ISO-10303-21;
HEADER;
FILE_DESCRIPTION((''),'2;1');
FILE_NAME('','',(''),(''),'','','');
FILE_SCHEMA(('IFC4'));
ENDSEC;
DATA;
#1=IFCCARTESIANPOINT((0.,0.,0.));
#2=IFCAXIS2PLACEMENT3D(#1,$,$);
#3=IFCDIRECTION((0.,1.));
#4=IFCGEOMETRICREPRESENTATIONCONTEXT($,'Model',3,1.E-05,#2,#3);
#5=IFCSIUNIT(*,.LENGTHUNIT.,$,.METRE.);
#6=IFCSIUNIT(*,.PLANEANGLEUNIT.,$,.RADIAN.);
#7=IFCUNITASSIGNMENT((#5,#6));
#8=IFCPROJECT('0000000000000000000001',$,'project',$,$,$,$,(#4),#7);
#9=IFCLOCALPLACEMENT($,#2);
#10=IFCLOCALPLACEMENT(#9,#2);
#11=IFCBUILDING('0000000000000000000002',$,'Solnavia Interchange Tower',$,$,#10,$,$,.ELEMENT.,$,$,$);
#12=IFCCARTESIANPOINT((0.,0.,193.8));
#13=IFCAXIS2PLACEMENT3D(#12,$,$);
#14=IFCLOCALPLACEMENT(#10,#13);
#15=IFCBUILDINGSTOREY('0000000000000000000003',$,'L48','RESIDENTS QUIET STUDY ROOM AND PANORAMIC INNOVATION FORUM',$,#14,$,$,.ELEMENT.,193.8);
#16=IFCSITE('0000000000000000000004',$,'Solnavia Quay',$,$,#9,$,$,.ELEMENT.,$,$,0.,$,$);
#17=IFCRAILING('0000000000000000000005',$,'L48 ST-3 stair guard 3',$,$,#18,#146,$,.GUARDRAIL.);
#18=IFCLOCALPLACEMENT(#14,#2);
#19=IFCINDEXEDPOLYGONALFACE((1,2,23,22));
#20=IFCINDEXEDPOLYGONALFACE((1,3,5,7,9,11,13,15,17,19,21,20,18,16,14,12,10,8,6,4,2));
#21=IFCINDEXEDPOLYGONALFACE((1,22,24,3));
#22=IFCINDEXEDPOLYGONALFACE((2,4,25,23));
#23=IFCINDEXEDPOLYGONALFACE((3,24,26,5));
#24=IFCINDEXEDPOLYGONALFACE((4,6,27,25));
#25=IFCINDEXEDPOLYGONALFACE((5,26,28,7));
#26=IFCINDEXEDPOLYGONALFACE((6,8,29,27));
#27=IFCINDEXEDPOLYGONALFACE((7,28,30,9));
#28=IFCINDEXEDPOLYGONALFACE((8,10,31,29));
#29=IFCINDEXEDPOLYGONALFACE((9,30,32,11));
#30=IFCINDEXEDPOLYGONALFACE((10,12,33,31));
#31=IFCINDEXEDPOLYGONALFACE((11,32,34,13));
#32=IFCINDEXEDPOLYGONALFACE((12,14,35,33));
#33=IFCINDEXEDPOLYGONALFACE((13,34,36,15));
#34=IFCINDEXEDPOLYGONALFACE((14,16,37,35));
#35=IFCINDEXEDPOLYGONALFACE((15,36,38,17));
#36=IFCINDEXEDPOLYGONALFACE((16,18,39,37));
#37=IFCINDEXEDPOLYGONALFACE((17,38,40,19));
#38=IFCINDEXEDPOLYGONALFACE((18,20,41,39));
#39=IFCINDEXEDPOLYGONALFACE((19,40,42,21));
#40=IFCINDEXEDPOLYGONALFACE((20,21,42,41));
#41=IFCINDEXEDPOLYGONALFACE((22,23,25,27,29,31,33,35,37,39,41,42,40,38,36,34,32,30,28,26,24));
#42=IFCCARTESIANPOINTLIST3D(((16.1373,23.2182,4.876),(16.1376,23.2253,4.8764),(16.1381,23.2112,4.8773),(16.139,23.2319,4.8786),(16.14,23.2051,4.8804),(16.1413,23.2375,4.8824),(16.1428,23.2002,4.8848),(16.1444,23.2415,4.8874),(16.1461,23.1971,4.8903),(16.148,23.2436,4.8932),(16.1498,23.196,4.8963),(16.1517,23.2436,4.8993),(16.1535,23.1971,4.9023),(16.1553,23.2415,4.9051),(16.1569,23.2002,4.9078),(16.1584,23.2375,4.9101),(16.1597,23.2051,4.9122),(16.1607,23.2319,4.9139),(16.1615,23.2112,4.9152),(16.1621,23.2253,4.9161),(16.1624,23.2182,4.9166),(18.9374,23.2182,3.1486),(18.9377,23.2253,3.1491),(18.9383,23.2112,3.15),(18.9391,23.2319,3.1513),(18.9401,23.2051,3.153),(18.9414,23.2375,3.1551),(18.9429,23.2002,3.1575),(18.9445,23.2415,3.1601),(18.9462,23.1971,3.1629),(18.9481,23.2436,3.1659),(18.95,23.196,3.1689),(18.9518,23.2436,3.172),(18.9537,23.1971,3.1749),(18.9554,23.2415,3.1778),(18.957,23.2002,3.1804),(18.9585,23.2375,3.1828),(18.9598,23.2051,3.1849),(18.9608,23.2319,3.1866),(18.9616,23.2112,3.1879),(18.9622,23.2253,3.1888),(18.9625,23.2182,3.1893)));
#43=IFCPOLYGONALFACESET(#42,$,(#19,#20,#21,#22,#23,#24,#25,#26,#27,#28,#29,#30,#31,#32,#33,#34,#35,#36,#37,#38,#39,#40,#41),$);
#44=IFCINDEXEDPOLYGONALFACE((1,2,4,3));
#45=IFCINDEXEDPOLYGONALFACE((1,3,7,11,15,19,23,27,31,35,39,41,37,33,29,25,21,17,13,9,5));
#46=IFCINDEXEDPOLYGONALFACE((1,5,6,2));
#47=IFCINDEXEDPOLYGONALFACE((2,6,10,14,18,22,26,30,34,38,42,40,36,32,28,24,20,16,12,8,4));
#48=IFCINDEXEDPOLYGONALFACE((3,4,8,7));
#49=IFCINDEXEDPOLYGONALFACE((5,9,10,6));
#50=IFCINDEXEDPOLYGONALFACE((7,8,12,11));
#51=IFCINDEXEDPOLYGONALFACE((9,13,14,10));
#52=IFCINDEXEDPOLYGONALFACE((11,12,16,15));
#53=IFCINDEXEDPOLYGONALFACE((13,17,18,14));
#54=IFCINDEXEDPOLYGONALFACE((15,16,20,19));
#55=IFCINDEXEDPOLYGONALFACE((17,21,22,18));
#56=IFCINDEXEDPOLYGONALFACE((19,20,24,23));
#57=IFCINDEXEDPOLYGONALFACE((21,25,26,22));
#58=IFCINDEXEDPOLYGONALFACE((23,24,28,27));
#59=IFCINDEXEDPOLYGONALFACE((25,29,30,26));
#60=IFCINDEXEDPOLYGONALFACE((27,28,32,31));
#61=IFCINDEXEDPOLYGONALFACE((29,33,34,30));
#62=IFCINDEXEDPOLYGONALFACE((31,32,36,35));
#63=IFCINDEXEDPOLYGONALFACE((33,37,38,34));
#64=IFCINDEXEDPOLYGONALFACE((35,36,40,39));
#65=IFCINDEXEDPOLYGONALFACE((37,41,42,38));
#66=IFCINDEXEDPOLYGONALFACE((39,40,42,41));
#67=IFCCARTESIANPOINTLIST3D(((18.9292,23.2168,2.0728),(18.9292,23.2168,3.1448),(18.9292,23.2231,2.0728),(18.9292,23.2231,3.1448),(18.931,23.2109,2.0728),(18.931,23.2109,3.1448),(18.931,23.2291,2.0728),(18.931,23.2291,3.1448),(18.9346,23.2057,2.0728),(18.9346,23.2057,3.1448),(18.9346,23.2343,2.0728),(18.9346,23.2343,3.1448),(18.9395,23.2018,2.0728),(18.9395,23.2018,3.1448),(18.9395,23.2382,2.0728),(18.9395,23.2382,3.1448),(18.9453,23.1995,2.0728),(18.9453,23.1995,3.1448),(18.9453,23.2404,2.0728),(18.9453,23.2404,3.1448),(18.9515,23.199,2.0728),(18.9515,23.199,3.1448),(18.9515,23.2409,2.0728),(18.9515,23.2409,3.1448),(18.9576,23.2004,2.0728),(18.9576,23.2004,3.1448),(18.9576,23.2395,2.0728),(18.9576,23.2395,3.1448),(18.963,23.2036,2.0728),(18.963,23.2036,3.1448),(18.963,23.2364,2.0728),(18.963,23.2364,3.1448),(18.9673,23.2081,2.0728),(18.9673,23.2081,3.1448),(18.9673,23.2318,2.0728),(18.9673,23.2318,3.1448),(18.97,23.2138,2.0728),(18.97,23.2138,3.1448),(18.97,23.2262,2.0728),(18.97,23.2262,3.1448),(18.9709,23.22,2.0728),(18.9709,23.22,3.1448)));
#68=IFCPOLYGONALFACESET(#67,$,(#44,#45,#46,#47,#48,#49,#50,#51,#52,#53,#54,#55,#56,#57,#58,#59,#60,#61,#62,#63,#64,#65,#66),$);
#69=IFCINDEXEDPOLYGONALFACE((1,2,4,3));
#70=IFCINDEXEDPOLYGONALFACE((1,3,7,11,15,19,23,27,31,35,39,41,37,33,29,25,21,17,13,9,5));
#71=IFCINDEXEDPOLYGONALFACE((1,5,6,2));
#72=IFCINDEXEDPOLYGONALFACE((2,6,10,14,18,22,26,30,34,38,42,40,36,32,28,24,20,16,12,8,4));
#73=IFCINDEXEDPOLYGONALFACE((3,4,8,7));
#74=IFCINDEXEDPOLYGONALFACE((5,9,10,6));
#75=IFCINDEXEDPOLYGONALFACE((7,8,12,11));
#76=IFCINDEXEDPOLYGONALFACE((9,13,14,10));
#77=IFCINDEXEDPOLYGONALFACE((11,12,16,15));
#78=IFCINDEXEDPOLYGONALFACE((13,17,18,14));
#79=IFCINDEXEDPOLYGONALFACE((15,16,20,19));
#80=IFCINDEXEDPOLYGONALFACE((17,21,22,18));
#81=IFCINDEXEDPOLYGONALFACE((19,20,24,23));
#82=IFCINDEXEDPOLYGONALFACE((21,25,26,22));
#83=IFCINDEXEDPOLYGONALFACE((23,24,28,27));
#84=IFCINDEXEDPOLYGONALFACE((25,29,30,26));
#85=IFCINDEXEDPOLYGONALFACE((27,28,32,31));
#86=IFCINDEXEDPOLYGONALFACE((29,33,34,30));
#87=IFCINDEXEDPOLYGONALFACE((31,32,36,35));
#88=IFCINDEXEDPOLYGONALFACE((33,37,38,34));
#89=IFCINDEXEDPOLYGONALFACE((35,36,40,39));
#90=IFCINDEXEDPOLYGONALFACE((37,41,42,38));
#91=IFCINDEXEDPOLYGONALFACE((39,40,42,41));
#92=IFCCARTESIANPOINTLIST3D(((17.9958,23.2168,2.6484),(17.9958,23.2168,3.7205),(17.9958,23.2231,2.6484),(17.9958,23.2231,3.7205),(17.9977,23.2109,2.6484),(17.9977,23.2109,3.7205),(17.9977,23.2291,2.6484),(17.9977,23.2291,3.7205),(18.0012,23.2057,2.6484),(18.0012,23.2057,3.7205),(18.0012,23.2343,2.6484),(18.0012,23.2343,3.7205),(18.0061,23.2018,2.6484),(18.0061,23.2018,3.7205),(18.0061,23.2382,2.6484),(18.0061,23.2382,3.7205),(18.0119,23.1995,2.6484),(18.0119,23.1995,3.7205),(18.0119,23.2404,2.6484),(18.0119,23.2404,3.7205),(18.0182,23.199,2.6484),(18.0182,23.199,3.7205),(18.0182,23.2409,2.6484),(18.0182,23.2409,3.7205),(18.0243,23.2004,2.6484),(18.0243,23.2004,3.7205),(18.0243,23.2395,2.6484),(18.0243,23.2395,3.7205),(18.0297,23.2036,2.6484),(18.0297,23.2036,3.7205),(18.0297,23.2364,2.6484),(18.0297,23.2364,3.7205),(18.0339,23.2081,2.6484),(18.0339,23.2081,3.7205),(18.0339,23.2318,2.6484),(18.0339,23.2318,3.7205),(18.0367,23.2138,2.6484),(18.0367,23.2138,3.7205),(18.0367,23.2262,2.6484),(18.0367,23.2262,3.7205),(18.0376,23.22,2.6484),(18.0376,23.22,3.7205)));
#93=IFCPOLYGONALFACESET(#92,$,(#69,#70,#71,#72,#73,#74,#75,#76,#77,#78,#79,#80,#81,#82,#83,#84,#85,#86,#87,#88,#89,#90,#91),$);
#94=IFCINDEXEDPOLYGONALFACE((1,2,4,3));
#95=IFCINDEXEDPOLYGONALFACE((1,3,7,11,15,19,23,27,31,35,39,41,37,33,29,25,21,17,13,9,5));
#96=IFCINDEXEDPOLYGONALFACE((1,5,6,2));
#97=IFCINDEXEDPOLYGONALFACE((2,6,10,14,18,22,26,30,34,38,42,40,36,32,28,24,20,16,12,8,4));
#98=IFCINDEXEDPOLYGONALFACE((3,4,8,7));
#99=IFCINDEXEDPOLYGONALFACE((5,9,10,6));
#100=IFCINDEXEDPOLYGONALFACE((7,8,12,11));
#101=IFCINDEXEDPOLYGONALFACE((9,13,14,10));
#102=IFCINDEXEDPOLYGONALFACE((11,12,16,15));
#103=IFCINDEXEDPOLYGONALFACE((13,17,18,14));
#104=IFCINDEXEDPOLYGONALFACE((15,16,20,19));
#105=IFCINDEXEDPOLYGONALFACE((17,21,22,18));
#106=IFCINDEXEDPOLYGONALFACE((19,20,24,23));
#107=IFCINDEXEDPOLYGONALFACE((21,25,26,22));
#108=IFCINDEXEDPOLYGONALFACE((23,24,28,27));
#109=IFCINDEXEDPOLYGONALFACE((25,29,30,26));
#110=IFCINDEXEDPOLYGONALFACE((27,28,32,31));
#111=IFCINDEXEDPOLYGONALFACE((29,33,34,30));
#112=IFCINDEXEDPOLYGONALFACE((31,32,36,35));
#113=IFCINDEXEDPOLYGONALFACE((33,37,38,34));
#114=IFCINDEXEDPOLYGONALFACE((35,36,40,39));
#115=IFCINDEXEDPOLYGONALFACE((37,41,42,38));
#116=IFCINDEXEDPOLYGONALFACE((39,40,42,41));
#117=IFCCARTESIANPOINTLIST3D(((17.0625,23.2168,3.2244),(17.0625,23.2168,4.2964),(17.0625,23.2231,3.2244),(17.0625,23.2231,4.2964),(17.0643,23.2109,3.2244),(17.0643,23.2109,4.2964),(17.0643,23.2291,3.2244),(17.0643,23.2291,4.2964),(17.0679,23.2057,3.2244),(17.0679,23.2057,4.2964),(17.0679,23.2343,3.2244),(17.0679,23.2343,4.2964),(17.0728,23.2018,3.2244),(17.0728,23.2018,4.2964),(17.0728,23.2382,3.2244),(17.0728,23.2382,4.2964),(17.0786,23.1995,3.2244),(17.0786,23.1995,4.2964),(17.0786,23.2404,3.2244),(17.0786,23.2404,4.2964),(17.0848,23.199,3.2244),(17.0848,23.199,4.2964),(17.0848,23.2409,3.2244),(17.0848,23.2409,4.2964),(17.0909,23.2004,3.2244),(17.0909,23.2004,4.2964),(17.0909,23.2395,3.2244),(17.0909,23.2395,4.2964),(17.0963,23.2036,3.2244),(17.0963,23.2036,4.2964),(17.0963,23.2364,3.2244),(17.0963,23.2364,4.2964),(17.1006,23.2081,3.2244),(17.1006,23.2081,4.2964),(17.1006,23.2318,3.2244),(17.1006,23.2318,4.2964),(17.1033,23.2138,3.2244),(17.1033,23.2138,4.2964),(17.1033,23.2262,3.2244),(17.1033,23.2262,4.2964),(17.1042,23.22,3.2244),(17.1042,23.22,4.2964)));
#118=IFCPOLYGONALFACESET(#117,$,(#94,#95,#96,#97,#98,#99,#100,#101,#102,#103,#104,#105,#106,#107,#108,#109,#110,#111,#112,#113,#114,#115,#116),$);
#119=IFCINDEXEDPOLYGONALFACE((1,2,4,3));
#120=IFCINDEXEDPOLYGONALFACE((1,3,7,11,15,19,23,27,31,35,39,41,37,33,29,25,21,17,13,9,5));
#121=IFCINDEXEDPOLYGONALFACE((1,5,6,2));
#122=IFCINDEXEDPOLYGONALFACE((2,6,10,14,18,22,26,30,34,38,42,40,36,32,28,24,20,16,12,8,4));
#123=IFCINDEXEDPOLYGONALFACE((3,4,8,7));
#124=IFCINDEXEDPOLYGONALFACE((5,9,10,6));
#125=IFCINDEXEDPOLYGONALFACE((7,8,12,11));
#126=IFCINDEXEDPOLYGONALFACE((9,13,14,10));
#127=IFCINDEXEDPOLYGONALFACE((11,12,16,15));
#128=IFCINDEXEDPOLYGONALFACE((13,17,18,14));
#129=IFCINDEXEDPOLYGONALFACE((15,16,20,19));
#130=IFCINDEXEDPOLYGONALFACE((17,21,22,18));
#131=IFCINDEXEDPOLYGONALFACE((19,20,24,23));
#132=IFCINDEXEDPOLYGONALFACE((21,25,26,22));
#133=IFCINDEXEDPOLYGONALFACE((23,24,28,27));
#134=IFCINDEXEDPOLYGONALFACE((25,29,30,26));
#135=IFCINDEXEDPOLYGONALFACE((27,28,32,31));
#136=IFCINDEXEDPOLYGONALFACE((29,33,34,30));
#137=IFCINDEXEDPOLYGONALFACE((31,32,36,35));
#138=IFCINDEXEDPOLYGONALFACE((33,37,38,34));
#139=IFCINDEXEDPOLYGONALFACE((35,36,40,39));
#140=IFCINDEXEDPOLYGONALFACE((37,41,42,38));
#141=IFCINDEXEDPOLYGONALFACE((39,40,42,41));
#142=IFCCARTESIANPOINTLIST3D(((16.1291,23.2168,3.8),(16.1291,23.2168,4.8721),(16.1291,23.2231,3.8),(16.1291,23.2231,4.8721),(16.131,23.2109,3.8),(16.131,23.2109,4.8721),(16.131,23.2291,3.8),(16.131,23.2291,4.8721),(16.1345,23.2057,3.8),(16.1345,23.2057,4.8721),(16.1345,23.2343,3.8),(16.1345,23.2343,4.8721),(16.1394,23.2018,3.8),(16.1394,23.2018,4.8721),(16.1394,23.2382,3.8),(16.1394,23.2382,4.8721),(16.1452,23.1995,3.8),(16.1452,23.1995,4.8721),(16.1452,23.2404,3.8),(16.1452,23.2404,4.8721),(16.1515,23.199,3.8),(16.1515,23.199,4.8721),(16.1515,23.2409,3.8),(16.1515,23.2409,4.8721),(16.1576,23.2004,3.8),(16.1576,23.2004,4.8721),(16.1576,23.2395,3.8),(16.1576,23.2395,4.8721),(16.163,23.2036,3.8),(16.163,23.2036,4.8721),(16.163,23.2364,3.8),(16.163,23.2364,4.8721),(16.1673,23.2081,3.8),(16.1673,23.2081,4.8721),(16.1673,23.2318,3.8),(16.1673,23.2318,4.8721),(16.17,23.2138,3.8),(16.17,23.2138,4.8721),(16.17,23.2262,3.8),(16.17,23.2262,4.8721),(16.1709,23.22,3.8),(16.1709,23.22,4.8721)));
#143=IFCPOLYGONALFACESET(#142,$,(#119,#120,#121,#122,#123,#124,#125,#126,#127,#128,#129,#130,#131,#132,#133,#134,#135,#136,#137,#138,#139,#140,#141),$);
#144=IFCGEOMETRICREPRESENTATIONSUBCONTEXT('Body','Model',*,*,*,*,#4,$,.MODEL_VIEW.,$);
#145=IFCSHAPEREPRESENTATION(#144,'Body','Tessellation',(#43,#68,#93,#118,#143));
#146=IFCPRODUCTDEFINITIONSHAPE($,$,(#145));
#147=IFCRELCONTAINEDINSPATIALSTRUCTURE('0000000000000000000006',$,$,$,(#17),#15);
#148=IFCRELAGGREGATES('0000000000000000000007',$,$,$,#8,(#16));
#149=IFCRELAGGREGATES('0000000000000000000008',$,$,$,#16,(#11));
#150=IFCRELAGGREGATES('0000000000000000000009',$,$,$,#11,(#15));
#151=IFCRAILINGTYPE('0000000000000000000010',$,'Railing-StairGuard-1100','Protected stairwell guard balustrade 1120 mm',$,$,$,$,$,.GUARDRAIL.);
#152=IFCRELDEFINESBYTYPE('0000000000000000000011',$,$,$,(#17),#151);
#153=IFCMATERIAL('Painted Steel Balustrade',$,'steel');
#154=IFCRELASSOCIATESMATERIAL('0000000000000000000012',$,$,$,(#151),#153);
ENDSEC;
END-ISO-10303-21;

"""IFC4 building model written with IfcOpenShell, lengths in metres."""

from ifc_helpers import new_model, si_unit, direction, frame, origin, origin_2d, place, context, subcontext, project, spatial, circle, extrude, material, type_object, element, save


model = new_model("IFC4")

# Units and contexts
model_context = context("Model", 3, precision=1e-05, world=origin(), true_north=direction((0.0, 1.0)))
body_context = subcontext(model_context, "Body", "Model", "MODEL_VIEW")
ifc_project = project(units=[si_unit("LENGTHUNIT", "METRE"), si_unit("PLANEANGLEUNIT", "RADIAN")], contexts=[model_context])

# Site, building, storey
site_placement = place(None, origin())
site = spatial("IfcSite", under=ifc_project, at=site_placement, Name="Solnavia Quay", CompositionType="ELEMENT", RefElevation=0.0)
building_placement = place(site_placement, origin())
building = spatial("IfcBuilding", under=site, at=building_placement, Name="Solnavia Interchange Tower", CompositionType="ELEMENT")
storey_placement = place(building_placement, frame((0.0, 0.0, 193.8)))
storey = spatial("IfcBuildingStorey", under=building, at=storey_placement, Name="L48", Description="RESIDENTS QUIET STUDY ROOM AND PANORAMIC INNOVATION FORUM", CompositionType="ELEMENT", Elevation=193.8)

# Railing
ifc_material_1 = material(Name="Painted Steel Balustrade", Category="steel")
railing_type_1 = type_object("IfcRailingType", Name="Railing-StairGuard-1100", Description="Protected stairwell guard balustrade 1120 mm", PredefinedType="GUARDRAIL", material=ifc_material_1)
railing_1_placement = place(storey_placement, frame((18.95, 23.22, 2.0728)))
element("IfcRailing", 1, at=railing_1_placement, inside=storey, type_object=railing_type_1, Name="L48 ST-3 stair guard 3", PredefinedType="GUARDRAIL", context=body_context, shape_type="SweptSolid", body=[
    extrude(circle(Radius=0.0239, at=origin_2d()), frame((0.0, 0.0, 1.0962), z_axis=(-0.85109, 0.0, 0.52502), x_axis=(0.0, -1.0, 0.0)), (0.0, 0.0, 1.0), 3.29),
    extrude(circle(Radius=0.021, at=origin_2d()), origin(), (0.0, 0.0, 1.0), 1.072),
    extrude(circle(Radius=0.021, at=origin_2d()), frame((-0.9333, 0.0, 0.5757)), (0.0, 0.0, 1.0), 1.072),
    extrude(circle(Radius=0.021, at=origin_2d()), frame((-1.8667, 0.0, 1.1516)), (0.0, 0.0, 1.0), 1.072),
    extrude(circle(Radius=0.021, at=origin_2d()), frame((-2.8, 0.0, 1.7273)), (0.0, 0.0, 1.0), 1.072),
])

save(model, "model.ifc")
